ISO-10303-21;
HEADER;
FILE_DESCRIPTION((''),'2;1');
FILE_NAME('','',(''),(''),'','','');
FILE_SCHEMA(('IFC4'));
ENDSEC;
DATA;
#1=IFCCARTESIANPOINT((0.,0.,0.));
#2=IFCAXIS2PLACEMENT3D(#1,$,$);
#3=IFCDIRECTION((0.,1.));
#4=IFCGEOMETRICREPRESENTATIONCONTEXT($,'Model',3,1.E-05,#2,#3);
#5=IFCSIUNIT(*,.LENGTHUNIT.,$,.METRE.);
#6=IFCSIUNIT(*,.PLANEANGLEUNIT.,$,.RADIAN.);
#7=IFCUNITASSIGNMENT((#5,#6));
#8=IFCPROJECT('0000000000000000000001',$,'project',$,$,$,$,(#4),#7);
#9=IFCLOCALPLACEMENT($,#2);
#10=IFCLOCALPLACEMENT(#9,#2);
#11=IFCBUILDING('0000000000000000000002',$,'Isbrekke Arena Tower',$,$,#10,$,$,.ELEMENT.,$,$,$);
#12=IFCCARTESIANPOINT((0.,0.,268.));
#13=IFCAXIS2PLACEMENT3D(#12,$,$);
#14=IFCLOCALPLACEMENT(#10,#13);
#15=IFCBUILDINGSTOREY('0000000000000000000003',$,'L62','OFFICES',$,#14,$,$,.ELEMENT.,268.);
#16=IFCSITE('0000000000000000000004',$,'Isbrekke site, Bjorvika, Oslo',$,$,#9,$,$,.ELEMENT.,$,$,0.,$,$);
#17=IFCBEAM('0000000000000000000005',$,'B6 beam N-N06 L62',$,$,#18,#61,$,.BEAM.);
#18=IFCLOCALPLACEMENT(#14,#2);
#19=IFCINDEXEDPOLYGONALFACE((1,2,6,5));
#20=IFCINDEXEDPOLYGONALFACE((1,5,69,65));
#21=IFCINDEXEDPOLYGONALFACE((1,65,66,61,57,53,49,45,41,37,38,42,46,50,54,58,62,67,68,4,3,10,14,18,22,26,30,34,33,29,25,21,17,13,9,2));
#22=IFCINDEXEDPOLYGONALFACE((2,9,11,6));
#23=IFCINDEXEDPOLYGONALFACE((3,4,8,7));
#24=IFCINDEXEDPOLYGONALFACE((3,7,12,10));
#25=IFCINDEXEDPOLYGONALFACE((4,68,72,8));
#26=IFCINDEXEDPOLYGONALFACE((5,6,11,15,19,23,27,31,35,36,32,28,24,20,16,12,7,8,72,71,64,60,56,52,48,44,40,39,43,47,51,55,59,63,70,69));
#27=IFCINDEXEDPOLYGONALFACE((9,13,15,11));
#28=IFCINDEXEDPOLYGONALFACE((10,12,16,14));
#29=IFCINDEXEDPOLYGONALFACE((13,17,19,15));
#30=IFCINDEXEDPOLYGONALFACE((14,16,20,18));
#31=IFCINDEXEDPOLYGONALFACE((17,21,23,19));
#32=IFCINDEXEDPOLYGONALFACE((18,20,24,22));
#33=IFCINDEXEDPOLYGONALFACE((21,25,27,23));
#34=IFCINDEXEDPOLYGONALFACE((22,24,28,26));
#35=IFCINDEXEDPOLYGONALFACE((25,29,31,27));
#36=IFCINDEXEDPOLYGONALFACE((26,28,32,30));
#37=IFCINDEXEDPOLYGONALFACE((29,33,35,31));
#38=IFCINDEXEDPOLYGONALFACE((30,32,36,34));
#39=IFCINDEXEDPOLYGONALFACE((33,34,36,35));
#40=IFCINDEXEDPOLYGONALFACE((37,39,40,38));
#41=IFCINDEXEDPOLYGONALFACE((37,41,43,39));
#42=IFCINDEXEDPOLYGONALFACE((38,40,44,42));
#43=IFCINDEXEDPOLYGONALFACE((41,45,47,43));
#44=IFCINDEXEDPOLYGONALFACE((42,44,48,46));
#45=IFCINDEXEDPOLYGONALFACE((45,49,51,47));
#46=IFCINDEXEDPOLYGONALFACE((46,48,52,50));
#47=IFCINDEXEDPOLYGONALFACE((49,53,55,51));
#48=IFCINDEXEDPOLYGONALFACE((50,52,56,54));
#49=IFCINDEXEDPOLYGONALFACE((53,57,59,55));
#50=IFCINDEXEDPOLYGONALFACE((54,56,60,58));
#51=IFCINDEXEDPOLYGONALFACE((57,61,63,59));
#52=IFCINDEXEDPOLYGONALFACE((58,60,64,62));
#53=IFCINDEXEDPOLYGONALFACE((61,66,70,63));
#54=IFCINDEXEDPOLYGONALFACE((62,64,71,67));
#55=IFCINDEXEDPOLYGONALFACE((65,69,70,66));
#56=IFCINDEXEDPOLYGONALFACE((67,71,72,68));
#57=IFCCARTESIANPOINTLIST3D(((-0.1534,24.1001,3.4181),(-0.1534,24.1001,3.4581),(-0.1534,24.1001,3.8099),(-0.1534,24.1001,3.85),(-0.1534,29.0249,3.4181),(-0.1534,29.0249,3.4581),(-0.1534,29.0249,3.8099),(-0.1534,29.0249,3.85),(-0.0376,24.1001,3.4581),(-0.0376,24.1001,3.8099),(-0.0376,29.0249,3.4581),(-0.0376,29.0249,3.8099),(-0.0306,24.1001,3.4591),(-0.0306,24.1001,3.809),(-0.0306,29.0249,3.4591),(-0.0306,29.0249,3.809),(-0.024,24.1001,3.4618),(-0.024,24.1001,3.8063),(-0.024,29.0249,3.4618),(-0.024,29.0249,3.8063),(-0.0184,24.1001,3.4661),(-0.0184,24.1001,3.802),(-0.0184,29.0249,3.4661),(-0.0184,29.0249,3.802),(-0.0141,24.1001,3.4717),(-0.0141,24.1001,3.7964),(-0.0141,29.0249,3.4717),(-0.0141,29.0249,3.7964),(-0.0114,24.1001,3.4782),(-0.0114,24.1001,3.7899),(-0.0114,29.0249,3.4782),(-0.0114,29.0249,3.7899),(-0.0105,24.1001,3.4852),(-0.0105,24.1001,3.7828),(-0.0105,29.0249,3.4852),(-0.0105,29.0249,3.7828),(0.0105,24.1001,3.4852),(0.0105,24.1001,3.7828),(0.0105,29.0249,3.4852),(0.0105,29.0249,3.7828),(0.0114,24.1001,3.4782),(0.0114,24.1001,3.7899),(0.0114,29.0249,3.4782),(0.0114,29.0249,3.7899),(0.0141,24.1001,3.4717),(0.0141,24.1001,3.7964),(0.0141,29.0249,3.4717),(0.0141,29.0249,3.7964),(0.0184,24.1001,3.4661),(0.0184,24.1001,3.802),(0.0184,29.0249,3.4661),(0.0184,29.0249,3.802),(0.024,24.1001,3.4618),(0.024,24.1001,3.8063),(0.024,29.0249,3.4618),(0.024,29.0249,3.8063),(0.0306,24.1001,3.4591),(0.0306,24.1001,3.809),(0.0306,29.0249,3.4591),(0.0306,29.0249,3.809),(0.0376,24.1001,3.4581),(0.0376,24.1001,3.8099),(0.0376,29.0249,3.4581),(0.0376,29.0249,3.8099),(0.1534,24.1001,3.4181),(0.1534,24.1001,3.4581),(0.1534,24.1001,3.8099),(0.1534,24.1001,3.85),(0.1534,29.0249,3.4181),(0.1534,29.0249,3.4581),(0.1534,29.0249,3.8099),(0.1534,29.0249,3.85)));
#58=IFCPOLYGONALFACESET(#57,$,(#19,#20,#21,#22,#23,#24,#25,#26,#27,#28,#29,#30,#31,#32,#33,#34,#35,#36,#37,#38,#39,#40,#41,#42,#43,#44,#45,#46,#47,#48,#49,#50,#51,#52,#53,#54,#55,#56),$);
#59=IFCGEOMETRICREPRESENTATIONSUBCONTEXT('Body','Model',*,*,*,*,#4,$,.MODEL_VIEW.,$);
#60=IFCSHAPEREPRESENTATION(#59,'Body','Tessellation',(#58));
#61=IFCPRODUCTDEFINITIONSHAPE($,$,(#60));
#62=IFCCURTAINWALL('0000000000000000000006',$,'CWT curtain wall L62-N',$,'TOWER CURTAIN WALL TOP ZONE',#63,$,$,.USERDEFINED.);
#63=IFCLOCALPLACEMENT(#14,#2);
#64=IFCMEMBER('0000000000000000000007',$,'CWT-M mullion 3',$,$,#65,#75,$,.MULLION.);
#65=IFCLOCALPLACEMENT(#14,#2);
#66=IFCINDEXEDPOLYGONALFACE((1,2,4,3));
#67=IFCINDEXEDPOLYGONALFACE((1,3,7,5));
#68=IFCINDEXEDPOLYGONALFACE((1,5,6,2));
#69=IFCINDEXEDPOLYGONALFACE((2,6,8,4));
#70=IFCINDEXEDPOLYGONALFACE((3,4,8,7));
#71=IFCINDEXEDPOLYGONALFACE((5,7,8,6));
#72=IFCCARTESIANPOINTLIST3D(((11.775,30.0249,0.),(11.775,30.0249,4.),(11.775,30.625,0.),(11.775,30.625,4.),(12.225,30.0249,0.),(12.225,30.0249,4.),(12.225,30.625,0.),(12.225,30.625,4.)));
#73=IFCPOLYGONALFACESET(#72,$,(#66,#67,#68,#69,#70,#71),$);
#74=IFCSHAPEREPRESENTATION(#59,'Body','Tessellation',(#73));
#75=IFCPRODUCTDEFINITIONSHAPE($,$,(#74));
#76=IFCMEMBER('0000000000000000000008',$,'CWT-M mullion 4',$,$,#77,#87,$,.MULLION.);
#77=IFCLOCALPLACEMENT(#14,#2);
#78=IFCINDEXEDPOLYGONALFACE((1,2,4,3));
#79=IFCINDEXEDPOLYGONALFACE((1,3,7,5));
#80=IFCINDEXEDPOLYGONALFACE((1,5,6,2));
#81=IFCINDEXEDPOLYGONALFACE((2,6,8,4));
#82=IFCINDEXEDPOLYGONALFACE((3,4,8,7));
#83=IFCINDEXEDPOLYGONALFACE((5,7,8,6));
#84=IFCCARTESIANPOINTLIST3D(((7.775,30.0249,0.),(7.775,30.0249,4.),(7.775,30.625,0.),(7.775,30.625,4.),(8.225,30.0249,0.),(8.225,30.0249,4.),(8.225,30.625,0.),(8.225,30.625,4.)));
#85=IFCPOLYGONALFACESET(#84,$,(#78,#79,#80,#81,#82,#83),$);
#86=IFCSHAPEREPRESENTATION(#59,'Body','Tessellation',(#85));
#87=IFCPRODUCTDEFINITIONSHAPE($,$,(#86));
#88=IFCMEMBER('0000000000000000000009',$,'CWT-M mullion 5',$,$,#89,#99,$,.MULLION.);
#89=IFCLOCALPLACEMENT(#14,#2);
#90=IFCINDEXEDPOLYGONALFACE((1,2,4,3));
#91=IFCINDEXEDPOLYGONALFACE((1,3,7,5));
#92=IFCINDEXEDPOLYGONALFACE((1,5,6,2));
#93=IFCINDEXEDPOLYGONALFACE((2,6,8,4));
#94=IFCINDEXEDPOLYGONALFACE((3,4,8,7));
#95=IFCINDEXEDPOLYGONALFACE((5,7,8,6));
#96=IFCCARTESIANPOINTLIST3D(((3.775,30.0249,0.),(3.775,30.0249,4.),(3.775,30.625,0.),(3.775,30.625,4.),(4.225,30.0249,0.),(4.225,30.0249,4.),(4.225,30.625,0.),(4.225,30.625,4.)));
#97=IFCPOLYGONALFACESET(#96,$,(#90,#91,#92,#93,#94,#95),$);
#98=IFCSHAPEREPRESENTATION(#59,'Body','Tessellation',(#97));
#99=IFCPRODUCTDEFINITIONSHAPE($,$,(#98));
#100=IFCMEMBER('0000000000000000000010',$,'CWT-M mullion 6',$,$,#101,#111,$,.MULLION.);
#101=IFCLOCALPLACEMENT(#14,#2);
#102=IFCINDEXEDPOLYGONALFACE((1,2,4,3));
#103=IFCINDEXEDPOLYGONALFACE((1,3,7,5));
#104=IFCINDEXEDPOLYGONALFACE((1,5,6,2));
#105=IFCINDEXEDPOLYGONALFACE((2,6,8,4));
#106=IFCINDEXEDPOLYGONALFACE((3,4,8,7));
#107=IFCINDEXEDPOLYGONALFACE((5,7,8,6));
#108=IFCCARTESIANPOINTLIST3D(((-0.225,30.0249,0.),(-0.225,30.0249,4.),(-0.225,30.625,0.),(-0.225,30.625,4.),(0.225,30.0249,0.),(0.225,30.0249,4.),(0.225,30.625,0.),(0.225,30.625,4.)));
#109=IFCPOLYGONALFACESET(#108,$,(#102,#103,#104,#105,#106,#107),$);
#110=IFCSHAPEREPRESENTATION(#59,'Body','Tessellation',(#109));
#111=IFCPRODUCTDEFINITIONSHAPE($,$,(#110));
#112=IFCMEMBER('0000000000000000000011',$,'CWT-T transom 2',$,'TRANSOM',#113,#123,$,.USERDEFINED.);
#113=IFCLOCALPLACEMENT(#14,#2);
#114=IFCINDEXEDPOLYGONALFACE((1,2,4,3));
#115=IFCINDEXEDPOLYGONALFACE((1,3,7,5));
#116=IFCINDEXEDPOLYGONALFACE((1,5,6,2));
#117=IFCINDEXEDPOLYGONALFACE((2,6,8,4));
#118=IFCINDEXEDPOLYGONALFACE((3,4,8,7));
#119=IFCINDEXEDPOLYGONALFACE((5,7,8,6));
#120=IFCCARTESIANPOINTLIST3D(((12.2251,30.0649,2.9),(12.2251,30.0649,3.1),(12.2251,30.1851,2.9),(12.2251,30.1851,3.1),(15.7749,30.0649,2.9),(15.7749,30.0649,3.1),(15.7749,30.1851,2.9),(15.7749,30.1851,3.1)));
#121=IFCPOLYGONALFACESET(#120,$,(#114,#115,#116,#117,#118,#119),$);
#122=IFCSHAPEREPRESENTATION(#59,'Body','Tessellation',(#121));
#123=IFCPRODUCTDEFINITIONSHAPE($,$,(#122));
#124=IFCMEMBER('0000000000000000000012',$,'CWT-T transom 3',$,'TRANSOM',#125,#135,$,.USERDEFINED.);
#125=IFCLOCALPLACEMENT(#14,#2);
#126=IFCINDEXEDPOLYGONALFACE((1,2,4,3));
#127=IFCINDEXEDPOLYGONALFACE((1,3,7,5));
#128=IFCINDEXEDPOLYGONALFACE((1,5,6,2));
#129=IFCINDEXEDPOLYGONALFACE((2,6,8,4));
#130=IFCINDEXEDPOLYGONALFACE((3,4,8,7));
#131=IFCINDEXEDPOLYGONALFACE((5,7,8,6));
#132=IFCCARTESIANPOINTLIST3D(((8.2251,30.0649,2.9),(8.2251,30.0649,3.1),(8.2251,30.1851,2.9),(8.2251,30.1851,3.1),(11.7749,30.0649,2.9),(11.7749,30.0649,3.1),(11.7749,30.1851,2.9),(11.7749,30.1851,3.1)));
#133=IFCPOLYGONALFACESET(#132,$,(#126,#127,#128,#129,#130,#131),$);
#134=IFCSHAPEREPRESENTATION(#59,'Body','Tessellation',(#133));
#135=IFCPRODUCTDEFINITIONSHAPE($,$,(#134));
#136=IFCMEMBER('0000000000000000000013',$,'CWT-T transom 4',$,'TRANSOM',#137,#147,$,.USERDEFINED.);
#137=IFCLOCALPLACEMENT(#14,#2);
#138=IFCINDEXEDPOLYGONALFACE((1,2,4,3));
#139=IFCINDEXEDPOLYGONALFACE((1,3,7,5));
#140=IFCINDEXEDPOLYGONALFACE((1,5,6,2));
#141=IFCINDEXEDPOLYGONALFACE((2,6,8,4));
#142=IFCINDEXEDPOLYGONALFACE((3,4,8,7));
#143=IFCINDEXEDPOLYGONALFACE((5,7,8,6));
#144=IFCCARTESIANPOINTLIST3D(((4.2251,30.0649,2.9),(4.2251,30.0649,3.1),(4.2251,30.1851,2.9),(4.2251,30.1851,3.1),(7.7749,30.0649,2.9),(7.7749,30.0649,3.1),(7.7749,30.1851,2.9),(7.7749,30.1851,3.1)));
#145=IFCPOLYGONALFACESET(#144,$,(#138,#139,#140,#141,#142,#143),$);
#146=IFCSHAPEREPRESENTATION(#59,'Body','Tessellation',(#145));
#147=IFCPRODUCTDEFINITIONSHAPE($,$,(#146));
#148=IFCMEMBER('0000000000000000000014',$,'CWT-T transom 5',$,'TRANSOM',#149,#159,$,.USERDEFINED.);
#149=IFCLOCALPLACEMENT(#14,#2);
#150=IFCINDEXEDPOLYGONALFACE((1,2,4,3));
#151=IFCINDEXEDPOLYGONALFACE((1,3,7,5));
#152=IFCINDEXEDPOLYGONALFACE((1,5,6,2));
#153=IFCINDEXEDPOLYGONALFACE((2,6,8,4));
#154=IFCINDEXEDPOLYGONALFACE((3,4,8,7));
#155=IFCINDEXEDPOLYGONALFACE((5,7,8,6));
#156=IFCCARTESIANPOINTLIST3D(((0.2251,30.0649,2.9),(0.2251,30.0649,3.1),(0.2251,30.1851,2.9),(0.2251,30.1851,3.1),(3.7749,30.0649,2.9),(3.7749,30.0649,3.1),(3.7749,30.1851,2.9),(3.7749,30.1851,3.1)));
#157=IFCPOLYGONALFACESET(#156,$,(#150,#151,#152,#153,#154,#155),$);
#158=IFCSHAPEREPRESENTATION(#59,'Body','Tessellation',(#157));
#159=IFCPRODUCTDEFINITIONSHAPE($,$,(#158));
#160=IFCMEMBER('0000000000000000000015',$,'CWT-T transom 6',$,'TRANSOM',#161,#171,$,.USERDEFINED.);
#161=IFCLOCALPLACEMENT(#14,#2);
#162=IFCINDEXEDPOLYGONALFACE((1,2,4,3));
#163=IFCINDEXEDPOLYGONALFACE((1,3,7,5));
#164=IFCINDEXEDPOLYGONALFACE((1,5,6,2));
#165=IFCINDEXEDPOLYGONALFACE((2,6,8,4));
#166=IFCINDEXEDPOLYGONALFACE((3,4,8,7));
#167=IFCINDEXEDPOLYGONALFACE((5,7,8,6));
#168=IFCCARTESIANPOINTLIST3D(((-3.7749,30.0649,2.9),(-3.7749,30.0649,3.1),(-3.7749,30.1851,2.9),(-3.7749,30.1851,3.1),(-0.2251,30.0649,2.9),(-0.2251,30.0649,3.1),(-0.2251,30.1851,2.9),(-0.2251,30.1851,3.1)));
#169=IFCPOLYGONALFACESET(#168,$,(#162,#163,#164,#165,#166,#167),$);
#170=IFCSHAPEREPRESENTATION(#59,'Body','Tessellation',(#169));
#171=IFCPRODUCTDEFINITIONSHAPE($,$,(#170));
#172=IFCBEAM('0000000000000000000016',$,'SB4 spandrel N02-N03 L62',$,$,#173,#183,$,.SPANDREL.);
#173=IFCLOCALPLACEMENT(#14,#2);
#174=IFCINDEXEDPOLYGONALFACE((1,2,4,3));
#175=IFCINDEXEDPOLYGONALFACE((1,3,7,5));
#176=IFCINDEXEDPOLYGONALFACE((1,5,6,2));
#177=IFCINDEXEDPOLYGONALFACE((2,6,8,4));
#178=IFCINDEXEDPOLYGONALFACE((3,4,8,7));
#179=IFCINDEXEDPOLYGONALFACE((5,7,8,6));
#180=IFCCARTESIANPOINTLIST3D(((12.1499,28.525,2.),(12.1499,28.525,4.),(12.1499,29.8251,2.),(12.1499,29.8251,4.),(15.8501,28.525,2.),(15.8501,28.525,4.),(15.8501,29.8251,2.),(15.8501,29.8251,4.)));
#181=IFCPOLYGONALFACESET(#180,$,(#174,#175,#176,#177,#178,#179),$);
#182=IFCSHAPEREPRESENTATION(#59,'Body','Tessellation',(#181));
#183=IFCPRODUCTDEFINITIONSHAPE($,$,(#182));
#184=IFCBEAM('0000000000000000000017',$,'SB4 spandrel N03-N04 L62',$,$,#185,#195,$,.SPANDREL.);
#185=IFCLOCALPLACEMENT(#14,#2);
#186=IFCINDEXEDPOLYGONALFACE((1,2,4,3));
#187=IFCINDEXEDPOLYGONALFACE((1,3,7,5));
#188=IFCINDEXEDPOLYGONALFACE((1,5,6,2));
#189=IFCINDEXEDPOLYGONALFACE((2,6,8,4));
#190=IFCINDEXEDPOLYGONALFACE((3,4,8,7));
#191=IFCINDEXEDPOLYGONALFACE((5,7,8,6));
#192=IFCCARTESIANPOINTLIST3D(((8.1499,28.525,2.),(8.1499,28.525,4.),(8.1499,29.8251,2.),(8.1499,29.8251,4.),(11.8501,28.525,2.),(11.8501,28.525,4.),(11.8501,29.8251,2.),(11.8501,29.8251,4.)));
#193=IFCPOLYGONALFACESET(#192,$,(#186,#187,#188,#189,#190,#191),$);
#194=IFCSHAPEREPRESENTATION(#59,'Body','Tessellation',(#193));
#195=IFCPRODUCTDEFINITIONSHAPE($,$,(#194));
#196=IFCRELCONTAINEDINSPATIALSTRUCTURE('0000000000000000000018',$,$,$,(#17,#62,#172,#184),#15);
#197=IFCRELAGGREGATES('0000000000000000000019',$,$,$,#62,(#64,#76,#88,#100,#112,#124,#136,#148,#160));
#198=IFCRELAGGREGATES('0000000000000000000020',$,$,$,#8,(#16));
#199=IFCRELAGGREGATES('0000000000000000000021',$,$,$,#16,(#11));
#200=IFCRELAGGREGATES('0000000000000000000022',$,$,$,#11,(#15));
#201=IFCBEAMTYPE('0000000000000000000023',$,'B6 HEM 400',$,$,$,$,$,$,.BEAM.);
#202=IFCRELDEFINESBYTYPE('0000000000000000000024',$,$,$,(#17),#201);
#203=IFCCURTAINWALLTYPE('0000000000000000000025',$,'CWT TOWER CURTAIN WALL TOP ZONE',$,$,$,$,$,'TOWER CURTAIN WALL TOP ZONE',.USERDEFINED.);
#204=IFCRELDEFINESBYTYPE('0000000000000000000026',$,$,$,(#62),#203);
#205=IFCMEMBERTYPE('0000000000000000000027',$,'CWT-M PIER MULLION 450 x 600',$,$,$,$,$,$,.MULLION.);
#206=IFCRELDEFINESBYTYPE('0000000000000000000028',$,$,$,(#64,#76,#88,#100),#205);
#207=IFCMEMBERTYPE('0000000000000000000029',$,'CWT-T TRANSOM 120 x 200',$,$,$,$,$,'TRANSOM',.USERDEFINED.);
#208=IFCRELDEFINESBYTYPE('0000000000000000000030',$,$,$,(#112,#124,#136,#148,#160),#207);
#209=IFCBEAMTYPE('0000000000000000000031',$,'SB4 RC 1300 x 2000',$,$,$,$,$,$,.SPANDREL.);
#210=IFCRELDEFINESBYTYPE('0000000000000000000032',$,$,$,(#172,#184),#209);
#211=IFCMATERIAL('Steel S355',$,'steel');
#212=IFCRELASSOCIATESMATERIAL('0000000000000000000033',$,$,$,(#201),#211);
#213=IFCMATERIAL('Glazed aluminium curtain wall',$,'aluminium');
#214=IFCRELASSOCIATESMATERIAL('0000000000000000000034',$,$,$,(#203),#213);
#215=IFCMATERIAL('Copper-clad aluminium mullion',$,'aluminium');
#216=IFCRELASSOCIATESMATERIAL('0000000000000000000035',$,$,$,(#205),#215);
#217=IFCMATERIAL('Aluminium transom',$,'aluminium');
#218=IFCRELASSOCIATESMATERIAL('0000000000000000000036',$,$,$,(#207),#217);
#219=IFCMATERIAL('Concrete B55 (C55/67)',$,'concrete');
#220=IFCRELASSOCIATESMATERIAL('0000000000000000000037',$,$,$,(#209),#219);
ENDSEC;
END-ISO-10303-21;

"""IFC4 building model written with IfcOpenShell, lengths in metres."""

from ifc_helpers import new_model, si_unit, direction, frame, origin, origin_2d, place, context, subcontext, project, spatial, rectangle, i_section, extrude, material, material_profile, profile_set, type_object, element, aggregate, save


model = new_model("IFC4")

# Units and contexts
model_context = context("Model", 3, precision=1e-05, world=origin(), true_north=direction((0.0, 1.0)))
body_context = subcontext(model_context, "Body", "Model", "MODEL_VIEW")
ifc_project = project(units=[si_unit("LENGTHUNIT", "METRE"), si_unit("PLANEANGLEUNIT", "RADIAN")], contexts=[model_context])

# Site, building, storey
site_placement = place(None, origin())
site = spatial("IfcSite", under=ifc_project, at=site_placement, Name="Isbrekke site, Bjorvika, Oslo", CompositionType="ELEMENT", RefElevation=0.0)
building_placement = place(site_placement, origin())
building = spatial("IfcBuilding", under=site, at=building_placement, Name="Isbrekke Arena Tower", CompositionType="ELEMENT")
storey_placement = place(building_placement, frame((0.0, 0.0, 268.0)))
storey = spatial("IfcBuildingStorey", under=building, at=storey_placement, Name="L62", Description="OFFICES", CompositionType="ELEMENT", Elevation=268.0)

# Beam
ifc_material_1 = material(Name="Steel S355", Category="steel")
ifc_material_profile_1 = material_profile(ifc_material_1, i_section(OverallWidth=0.3069, OverallDepth=0.4319, WebThickness=0.021, FlangeThickness=0.04, FilletRadius=0.0271, at=origin_2d()), Name="HEM 400")
ifc_profile_set_1 = profile_set([ifc_material_profile_1], Name="Steel S355")
beam_type_1 = type_object("IfcBeamType", Name="B6 HEM 400", PredefinedType="BEAM", material=ifc_profile_set_1)
beam_1_placement = place(storey_placement, frame((0.0, 29.0249, 3.634), z_axis=(0.0, -1.0, 0.0), x_axis=(1.0, 0.0, 0.0)))
element("IfcBeam", 1, at=beam_1_placement, inside=storey, type_object=beam_type_1, Name="B6 beam N-N06 L62", PredefinedType="BEAM", context=body_context, shape_type="SweptSolid", body=[
    extrude(i_section(OverallWidth=0.3069, OverallDepth=0.4319, WebThickness=0.021, FlangeThickness=0.04, FilletRadius=0.0271, at=origin_2d()), origin(), (0.0, 0.0, 1.0), 4.9248),
])

# Curtain wall, members
ifc_material_2 = material(Name="Glazed aluminium curtain wall", Category="aluminium")
curtain_wall_type = type_object("IfcCurtainWallType", Name="CWT TOWER CURTAIN WALL TOP ZONE", ElementType="TOWER CURTAIN WALL TOP ZONE", PredefinedType="USERDEFINED", material=ifc_material_2)
curtain_wall_placement = place(storey_placement, origin())
curtain_wall = element("IfcCurtainWall", 2, at=curtain_wall_placement, inside=storey, type_object=curtain_wall_type, Name="CWT curtain wall L62-N", ObjectType="TOWER CURTAIN WALL TOP ZONE", PredefinedType="USERDEFINED")
ifc_material_3 = material(Name="Copper-clad aluminium mullion", Category="aluminium")
ifc_material_profile_2 = material_profile(ifc_material_3, rectangle(XDim=0.45, YDim=0.6001, at=origin_2d()), Name="PIER 450X600")
ifc_profile_set_2 = profile_set([ifc_material_profile_2], Name="Copper-clad aluminium mullion")
member_type_1 = type_object("IfcMemberType", Name="CWT-M PIER MULLION 450 x 600", PredefinedType="MULLION", material=ifc_profile_set_2)
member_1_placement = place(storey_placement, frame((12.0, 30.325, 0.0), z_axis=(0.0, 0.0, 1.0), x_axis=(-1.0, 0.0, 0.0)))
member_1 = element("IfcMember", 3, at=member_1_placement, type_object=member_type_1, Name="CWT-M mullion 3", PredefinedType="MULLION", context=body_context, shape_type="SweptSolid", body=[
    extrude(rectangle(XDim=0.45, YDim=0.6001, at=origin_2d()), origin(), (0.0, 0.0, 1.0), 4.0),
])
member_2_placement = place(storey_placement, frame((8.0, 30.325, 0.0), z_axis=(0.0, 0.0, 1.0), x_axis=(-1.0, 0.0, 0.0)))
member_2 = element("IfcMember", 4, at=member_2_placement, type_object=member_type_1, Name="CWT-M mullion 4", PredefinedType="MULLION", context=body_context, shape_type="SweptSolid", body=[
    extrude(rectangle(XDim=0.45, YDim=0.6001, at=origin_2d()), origin(), (0.0, 0.0, 1.0), 4.0),
])
member_3_placement = place(storey_placement, frame((4.0, 30.325, 0.0), z_axis=(0.0, 0.0, 1.0), x_axis=(-1.0, 0.0, 0.0)))
member_3 = element("IfcMember", 5, at=member_3_placement, type_object=member_type_1, Name="CWT-M mullion 5", PredefinedType="MULLION", context=body_context, shape_type="SweptSolid", body=[
    extrude(rectangle(XDim=0.45, YDim=0.6001, at=origin_2d()), origin(), (0.0, 0.0, 1.0), 4.0),
])
member_4_placement = place(storey_placement, frame((0.0, 30.325, 0.0), z_axis=(0.0, 0.0, 1.0), x_axis=(-1.0, 0.0, 0.0)))
member_4 = element("IfcMember", 6, at=member_4_placement, type_object=member_type_1, Name="CWT-M mullion 6", PredefinedType="MULLION", context=body_context, shape_type="SweptSolid", body=[
    extrude(rectangle(XDim=0.45, YDim=0.6001, at=origin_2d()), origin(), (0.0, 0.0, 1.0), 4.0),
])
ifc_material_4 = material(Name="Aluminium transom", Category="aluminium")
ifc_material_profile_3 = material_profile(ifc_material_4, rectangle(XDim=0.1201, YDim=0.2, at=origin_2d()), Name="TRANSOM 120X200")
ifc_profile_set_3 = profile_set([ifc_material_profile_3], Name="Aluminium transom")
member_type_2 = type_object("IfcMemberType", Name="CWT-T TRANSOM 120 x 200", ElementType="TRANSOM", PredefinedType="USERDEFINED", material=ifc_profile_set_3)
member_5_placement = place(storey_placement, frame((15.7749, 30.125, 3.0), z_axis=(-1.0, 0.0, 0.0), x_axis=(0.0, -1.0, 0.0)))
member_5 = element("IfcMember", 7, at=member_5_placement, type_object=member_type_2, Name="CWT-T transom 2", ObjectType="TRANSOM", PredefinedType="USERDEFINED", context=body_context, shape_type="SweptSolid", body=[
    extrude(rectangle(XDim=0.1201, YDim=0.2, at=origin_2d()), origin(), (0.0, 0.0, 1.0), 3.5498),
])
member_6_placement = place(storey_placement, frame((11.7749, 30.125, 3.0), z_axis=(-1.0, 0.0, 0.0), x_axis=(0.0, -1.0, 0.0)))
member_6 = element("IfcMember", 8, at=member_6_placement, type_object=member_type_2, Name="CWT-T transom 3", ObjectType="TRANSOM", PredefinedType="USERDEFINED", context=body_context, shape_type="SweptSolid", body=[
    extrude(rectangle(XDim=0.1201, YDim=0.2, at=origin_2d()), origin(), (0.0, 0.0, 1.0), 3.5498),
])
member_7_placement = place(storey_placement, frame((7.7749, 30.125, 3.0), z_axis=(-1.0, 0.0, 0.0), x_axis=(0.0, -1.0, 0.0)))
member_7 = element("IfcMember", 9, at=member_7_placement, type_object=member_type_2, Name="CWT-T transom 4", ObjectType="TRANSOM", PredefinedType="USERDEFINED", context=body_context, shape_type="SweptSolid", body=[
    extrude(rectangle(XDim=0.1201, YDim=0.2, at=origin_2d()), origin(), (0.0, 0.0, 1.0), 3.5498),
])
member_8_placement = place(storey_placement, frame((3.7749, 30.125, 3.0), z_axis=(-1.0, 0.0, 0.0), x_axis=(0.0, -1.0, 0.0)))
member_8 = element("IfcMember", 10, at=member_8_placement, type_object=member_type_2, Name="CWT-T transom 5", ObjectType="TRANSOM", PredefinedType="USERDEFINED", context=body_context, shape_type="SweptSolid", body=[
    extrude(rectangle(XDim=0.1201, YDim=0.2, at=origin_2d()), origin(), (0.0, 0.0, 1.0), 3.5498),
])
member_9_placement = place(storey_placement, frame((-0.2251, 30.125, 3.0), z_axis=(-1.0, 0.0, 0.0), x_axis=(0.0, -1.0, 0.0)))
member_9 = element("IfcMember", 11, at=member_9_placement, type_object=member_type_2, Name="CWT-T transom 6", ObjectType="TRANSOM", PredefinedType="USERDEFINED", context=body_context, shape_type="SweptSolid", body=[
    extrude(rectangle(XDim=0.1201, YDim=0.2, at=origin_2d()), origin(), (0.0, 0.0, 1.0), 3.5498),
])

# Beams
ifc_material_5 = material(Name="Concrete B55 (C55/67)", Category="concrete")
ifc_material_profile_4 = material_profile(ifc_material_5, rectangle(XDim=1.3, YDim=2.0, at=origin_2d()), Name="RC 1300x2000")
ifc_profile_set_4 = profile_set([ifc_material_profile_4], Name="Concrete B55 (C55/67)")
beam_type_2 = type_object("IfcBeamType", Name="SB4 RC 1300 x 2000", PredefinedType="SPANDREL", material=ifc_profile_set_4)
for number, where, z_axis, x_axis, name in (
    (12, (15.8501, 29.175, 3.0), (-1.0, 0.0, 0.0), (0.0, -1.0, 0.0), "SB4 spandrel N02-N03 L62"),
    (13, (11.8501, 29.175, 3.0), (-1.0, 0.0, 0.0), (0.0, -1.0, 0.0), "SB4 spandrel N03-N04 L62"),
):
    element("IfcBeam", number, at=place(storey_placement, frame(where, z_axis=z_axis, x_axis=x_axis)), inside=storey, type_object=beam_type_2, Name=name, PredefinedType="SPANDREL", context=body_context, shape_type="SweptSolid", body=[
        extrude(rectangle(XDim=1.3, YDim=2.0, at=origin_2d()), origin(), (0.0, 0.0, 1.0), 3.7002),
    ])

aggregate(curtain_wall, [member_1, member_2, member_3, member_4, member_5, member_6, member_7, member_8, member_9])

save(model, "model.ifc")
